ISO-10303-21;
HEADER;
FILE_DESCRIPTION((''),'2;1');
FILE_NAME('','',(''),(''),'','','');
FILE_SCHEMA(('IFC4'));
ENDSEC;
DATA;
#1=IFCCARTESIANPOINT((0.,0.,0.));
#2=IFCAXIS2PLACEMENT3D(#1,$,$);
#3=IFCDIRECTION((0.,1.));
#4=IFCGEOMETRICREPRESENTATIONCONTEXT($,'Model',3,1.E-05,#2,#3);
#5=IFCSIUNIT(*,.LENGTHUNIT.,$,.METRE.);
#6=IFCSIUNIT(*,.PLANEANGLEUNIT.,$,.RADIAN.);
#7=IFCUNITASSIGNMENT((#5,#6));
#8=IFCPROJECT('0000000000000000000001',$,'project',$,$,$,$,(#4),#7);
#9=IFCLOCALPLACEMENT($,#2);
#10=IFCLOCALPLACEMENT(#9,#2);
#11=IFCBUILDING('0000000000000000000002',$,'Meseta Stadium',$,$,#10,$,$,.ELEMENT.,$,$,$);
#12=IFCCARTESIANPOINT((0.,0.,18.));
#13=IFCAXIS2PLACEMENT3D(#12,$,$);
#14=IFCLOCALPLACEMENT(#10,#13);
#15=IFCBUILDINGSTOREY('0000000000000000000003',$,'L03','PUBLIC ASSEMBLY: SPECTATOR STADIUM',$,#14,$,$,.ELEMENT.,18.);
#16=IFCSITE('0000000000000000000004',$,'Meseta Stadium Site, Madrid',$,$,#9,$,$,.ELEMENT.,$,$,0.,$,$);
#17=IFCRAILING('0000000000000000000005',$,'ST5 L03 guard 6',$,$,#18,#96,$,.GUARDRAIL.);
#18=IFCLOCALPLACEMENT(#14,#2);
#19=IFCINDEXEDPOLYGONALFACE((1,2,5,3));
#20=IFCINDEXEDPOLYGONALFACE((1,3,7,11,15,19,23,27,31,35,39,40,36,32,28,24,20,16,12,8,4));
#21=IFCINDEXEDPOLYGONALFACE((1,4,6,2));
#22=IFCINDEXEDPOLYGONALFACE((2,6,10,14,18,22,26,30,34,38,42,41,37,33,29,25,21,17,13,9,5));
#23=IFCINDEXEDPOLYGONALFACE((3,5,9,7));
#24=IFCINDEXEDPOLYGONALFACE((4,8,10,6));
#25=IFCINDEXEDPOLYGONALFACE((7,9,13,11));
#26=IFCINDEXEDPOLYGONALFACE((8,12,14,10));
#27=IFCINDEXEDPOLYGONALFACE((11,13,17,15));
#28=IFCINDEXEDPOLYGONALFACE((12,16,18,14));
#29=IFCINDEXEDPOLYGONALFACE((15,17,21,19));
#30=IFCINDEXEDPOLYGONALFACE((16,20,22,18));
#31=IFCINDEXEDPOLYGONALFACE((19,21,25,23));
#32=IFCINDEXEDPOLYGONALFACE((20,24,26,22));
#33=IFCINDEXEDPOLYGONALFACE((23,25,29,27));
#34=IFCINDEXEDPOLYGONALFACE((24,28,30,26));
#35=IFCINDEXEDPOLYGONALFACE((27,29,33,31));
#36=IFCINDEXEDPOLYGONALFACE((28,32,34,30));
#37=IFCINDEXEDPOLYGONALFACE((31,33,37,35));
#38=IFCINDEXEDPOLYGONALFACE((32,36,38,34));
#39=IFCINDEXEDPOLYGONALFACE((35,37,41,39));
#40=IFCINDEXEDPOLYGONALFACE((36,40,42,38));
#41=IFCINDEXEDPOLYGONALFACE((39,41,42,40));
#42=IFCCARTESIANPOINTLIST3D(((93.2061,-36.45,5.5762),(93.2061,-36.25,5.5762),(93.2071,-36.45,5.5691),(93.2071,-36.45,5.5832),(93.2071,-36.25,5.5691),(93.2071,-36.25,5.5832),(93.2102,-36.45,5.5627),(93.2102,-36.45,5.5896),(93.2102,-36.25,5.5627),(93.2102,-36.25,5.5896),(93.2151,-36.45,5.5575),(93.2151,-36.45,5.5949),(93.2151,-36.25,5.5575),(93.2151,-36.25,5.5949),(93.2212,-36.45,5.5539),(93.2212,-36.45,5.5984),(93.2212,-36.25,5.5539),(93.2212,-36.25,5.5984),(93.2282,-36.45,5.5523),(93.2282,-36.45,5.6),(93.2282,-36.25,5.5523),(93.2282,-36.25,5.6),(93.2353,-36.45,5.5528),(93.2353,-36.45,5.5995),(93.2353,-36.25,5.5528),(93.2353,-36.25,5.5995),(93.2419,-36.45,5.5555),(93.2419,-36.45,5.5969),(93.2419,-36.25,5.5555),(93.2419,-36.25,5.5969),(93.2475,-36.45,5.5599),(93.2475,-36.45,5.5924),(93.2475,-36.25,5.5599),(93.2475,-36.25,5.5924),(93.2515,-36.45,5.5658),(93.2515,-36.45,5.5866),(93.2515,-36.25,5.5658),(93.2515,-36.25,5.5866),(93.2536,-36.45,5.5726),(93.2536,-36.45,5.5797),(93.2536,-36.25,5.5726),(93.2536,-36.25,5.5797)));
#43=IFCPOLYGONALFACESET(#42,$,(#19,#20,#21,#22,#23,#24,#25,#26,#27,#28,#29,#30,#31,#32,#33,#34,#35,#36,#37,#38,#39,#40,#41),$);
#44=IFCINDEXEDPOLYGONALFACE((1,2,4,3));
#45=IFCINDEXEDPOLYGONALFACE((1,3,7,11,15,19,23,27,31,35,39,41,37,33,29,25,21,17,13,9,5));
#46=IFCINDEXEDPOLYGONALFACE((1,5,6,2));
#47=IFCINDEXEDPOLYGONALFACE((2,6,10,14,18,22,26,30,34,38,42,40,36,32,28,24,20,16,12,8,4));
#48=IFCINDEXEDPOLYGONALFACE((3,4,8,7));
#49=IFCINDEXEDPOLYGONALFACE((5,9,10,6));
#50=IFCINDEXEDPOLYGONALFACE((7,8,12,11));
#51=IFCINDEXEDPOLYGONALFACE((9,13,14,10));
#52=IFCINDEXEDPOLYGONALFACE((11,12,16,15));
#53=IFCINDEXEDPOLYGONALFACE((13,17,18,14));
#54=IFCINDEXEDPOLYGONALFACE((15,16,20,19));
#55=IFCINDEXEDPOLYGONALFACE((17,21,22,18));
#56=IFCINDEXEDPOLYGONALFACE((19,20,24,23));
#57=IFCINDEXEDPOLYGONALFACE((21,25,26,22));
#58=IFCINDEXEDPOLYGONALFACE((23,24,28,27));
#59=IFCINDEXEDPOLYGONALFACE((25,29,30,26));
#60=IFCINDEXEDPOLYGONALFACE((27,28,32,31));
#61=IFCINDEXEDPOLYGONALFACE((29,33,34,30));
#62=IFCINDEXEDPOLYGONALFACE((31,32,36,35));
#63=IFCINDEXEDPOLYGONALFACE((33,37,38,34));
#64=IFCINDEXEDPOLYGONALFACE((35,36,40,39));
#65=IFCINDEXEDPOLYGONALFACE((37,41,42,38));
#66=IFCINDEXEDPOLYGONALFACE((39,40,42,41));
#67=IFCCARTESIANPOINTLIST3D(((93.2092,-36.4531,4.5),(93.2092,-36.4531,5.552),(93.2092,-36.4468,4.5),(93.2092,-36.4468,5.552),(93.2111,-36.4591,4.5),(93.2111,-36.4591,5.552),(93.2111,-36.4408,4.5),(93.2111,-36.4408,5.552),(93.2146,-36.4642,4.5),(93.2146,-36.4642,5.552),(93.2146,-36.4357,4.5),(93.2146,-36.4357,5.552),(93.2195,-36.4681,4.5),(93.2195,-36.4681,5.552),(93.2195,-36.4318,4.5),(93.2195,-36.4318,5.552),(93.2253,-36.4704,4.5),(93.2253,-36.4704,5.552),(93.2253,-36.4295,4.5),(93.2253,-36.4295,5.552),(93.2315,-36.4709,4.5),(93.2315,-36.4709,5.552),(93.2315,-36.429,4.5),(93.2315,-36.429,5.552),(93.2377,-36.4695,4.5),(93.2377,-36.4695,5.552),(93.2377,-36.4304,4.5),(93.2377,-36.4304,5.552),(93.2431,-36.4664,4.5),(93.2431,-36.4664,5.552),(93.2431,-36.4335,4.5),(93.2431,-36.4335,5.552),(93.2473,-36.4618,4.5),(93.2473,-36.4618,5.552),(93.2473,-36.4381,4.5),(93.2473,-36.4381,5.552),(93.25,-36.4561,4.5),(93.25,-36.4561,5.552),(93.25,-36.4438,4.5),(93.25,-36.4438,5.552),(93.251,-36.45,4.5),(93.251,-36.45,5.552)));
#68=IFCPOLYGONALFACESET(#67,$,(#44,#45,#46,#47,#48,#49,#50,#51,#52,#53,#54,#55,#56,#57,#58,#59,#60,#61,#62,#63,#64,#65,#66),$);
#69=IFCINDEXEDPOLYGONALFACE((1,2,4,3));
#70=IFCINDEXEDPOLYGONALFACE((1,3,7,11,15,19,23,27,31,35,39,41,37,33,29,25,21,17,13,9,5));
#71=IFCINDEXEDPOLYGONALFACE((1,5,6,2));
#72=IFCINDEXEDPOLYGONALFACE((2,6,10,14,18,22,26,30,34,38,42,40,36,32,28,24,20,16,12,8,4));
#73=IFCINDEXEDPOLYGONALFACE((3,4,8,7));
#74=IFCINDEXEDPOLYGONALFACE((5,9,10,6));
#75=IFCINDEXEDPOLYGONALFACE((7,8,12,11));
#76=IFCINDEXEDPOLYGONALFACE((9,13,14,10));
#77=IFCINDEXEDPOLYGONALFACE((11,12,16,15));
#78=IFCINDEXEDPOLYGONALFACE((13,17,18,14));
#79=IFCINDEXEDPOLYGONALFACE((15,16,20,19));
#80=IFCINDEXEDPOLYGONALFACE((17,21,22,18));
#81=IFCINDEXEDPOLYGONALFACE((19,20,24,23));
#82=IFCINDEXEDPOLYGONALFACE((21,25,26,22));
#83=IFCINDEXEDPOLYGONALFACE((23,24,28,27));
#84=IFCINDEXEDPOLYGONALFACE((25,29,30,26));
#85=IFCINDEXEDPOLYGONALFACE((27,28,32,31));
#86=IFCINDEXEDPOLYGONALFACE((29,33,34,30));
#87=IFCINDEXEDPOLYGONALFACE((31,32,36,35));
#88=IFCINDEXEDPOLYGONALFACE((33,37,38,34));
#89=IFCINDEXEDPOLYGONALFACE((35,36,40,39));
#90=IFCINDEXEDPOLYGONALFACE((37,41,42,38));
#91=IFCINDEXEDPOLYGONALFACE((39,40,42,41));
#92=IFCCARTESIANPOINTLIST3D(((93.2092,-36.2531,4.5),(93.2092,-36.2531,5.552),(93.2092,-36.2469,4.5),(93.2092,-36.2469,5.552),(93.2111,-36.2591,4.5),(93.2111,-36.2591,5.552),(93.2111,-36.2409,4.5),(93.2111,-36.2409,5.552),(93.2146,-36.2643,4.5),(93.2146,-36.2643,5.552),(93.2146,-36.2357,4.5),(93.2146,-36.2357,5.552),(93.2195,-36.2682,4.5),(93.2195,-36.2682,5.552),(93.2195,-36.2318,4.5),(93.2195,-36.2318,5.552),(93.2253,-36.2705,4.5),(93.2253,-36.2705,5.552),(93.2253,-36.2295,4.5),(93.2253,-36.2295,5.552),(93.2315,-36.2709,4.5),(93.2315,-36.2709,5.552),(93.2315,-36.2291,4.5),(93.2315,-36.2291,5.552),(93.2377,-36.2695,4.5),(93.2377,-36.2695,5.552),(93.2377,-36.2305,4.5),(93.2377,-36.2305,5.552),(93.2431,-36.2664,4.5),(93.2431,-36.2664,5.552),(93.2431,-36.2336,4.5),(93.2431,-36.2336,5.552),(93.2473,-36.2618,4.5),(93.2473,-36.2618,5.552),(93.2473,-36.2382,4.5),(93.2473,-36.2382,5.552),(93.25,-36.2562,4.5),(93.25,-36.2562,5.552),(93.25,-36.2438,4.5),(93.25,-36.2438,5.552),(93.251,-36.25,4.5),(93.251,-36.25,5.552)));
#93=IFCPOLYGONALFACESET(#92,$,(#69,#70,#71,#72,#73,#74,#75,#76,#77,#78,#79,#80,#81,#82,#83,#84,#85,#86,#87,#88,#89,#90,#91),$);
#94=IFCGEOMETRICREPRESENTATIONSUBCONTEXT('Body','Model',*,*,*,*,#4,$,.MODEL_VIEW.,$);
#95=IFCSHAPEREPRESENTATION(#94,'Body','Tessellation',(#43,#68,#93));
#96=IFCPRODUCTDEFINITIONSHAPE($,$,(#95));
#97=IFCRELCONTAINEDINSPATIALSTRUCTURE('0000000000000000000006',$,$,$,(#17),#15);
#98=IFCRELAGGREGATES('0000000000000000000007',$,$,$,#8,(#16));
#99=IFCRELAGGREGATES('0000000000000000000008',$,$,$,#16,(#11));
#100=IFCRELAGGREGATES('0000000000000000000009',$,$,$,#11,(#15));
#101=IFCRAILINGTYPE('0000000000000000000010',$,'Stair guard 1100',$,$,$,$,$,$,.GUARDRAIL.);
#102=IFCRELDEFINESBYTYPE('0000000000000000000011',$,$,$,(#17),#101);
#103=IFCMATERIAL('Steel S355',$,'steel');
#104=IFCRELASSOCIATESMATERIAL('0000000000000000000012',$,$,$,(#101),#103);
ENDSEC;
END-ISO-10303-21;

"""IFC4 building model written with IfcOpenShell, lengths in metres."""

from ifc_helpers import new_model, si_unit, direction, frame, origin, origin_2d, place, context, subcontext, project, spatial, circle, extrude, material, type_object, element, save


model = new_model("IFC4")

# Units and contexts
model_context = context("Model", 3, precision=1e-05, world=origin(), true_north=direction((0.0, 1.0)))
body_context = subcontext(model_context, "Body", "Model", "MODEL_VIEW")
ifc_project = project(units=[si_unit("LENGTHUNIT", "METRE"), si_unit("PLANEANGLEUNIT", "RADIAN")], contexts=[model_context])

# Site, building, storey
site_placement = place(None, origin())
site = spatial("IfcSite", under=ifc_project, at=site_placement, Name="Meseta Stadium Site, Madrid", CompositionType="ELEMENT", RefElevation=0.0)
building_placement = place(site_placement, origin())
building = spatial("IfcBuilding", under=site, at=building_placement, Name="Meseta Stadium", CompositionType="ELEMENT")
storey_placement = place(building_placement, frame((0.0, 0.0, 18.0)))
storey = spatial("IfcBuildingStorey", under=building, at=storey_placement, Name="L03", Description="PUBLIC ASSEMBLY: SPECTATOR STADIUM", CompositionType="ELEMENT", Elevation=18.0)

# Railing
ifc_material_1 = material(Name="Steel S355", Category="steel")
railing_type_1 = type_object("IfcRailingType", Name="Stair guard 1100", PredefinedType="GUARDRAIL", material=ifc_material_1)
railing_1_placement = place(storey_placement, frame((93.23, -36.45, 4.5)))
element("IfcRailing", 1, at=railing_1_placement, inside=storey, type_object=railing_type_1, Name="ST5 L03 guard 6", PredefinedType="GUARDRAIL", context=body_context, shape_type="SweptSolid", body=[
    extrude(circle(Radius=0.0239, at=origin_2d()), frame((0.0, 0.0, 1.0762), z_axis=(0.0, 1.0, 0.0), x_axis=(-1.0, 0.0, 0.0)), (0.0, 0.0, 1.0), 0.2),
    extrude(circle(Radius=0.021, at=origin_2d()), origin(), (0.0, 0.0, 1.0), 1.052),
    extrude(circle(Radius=0.021, at=origin_2d()), frame((0.0, 0.2, 0.0)), (0.0, 0.0, 1.0), 1.052),
])

save(model, "model.ifc")
